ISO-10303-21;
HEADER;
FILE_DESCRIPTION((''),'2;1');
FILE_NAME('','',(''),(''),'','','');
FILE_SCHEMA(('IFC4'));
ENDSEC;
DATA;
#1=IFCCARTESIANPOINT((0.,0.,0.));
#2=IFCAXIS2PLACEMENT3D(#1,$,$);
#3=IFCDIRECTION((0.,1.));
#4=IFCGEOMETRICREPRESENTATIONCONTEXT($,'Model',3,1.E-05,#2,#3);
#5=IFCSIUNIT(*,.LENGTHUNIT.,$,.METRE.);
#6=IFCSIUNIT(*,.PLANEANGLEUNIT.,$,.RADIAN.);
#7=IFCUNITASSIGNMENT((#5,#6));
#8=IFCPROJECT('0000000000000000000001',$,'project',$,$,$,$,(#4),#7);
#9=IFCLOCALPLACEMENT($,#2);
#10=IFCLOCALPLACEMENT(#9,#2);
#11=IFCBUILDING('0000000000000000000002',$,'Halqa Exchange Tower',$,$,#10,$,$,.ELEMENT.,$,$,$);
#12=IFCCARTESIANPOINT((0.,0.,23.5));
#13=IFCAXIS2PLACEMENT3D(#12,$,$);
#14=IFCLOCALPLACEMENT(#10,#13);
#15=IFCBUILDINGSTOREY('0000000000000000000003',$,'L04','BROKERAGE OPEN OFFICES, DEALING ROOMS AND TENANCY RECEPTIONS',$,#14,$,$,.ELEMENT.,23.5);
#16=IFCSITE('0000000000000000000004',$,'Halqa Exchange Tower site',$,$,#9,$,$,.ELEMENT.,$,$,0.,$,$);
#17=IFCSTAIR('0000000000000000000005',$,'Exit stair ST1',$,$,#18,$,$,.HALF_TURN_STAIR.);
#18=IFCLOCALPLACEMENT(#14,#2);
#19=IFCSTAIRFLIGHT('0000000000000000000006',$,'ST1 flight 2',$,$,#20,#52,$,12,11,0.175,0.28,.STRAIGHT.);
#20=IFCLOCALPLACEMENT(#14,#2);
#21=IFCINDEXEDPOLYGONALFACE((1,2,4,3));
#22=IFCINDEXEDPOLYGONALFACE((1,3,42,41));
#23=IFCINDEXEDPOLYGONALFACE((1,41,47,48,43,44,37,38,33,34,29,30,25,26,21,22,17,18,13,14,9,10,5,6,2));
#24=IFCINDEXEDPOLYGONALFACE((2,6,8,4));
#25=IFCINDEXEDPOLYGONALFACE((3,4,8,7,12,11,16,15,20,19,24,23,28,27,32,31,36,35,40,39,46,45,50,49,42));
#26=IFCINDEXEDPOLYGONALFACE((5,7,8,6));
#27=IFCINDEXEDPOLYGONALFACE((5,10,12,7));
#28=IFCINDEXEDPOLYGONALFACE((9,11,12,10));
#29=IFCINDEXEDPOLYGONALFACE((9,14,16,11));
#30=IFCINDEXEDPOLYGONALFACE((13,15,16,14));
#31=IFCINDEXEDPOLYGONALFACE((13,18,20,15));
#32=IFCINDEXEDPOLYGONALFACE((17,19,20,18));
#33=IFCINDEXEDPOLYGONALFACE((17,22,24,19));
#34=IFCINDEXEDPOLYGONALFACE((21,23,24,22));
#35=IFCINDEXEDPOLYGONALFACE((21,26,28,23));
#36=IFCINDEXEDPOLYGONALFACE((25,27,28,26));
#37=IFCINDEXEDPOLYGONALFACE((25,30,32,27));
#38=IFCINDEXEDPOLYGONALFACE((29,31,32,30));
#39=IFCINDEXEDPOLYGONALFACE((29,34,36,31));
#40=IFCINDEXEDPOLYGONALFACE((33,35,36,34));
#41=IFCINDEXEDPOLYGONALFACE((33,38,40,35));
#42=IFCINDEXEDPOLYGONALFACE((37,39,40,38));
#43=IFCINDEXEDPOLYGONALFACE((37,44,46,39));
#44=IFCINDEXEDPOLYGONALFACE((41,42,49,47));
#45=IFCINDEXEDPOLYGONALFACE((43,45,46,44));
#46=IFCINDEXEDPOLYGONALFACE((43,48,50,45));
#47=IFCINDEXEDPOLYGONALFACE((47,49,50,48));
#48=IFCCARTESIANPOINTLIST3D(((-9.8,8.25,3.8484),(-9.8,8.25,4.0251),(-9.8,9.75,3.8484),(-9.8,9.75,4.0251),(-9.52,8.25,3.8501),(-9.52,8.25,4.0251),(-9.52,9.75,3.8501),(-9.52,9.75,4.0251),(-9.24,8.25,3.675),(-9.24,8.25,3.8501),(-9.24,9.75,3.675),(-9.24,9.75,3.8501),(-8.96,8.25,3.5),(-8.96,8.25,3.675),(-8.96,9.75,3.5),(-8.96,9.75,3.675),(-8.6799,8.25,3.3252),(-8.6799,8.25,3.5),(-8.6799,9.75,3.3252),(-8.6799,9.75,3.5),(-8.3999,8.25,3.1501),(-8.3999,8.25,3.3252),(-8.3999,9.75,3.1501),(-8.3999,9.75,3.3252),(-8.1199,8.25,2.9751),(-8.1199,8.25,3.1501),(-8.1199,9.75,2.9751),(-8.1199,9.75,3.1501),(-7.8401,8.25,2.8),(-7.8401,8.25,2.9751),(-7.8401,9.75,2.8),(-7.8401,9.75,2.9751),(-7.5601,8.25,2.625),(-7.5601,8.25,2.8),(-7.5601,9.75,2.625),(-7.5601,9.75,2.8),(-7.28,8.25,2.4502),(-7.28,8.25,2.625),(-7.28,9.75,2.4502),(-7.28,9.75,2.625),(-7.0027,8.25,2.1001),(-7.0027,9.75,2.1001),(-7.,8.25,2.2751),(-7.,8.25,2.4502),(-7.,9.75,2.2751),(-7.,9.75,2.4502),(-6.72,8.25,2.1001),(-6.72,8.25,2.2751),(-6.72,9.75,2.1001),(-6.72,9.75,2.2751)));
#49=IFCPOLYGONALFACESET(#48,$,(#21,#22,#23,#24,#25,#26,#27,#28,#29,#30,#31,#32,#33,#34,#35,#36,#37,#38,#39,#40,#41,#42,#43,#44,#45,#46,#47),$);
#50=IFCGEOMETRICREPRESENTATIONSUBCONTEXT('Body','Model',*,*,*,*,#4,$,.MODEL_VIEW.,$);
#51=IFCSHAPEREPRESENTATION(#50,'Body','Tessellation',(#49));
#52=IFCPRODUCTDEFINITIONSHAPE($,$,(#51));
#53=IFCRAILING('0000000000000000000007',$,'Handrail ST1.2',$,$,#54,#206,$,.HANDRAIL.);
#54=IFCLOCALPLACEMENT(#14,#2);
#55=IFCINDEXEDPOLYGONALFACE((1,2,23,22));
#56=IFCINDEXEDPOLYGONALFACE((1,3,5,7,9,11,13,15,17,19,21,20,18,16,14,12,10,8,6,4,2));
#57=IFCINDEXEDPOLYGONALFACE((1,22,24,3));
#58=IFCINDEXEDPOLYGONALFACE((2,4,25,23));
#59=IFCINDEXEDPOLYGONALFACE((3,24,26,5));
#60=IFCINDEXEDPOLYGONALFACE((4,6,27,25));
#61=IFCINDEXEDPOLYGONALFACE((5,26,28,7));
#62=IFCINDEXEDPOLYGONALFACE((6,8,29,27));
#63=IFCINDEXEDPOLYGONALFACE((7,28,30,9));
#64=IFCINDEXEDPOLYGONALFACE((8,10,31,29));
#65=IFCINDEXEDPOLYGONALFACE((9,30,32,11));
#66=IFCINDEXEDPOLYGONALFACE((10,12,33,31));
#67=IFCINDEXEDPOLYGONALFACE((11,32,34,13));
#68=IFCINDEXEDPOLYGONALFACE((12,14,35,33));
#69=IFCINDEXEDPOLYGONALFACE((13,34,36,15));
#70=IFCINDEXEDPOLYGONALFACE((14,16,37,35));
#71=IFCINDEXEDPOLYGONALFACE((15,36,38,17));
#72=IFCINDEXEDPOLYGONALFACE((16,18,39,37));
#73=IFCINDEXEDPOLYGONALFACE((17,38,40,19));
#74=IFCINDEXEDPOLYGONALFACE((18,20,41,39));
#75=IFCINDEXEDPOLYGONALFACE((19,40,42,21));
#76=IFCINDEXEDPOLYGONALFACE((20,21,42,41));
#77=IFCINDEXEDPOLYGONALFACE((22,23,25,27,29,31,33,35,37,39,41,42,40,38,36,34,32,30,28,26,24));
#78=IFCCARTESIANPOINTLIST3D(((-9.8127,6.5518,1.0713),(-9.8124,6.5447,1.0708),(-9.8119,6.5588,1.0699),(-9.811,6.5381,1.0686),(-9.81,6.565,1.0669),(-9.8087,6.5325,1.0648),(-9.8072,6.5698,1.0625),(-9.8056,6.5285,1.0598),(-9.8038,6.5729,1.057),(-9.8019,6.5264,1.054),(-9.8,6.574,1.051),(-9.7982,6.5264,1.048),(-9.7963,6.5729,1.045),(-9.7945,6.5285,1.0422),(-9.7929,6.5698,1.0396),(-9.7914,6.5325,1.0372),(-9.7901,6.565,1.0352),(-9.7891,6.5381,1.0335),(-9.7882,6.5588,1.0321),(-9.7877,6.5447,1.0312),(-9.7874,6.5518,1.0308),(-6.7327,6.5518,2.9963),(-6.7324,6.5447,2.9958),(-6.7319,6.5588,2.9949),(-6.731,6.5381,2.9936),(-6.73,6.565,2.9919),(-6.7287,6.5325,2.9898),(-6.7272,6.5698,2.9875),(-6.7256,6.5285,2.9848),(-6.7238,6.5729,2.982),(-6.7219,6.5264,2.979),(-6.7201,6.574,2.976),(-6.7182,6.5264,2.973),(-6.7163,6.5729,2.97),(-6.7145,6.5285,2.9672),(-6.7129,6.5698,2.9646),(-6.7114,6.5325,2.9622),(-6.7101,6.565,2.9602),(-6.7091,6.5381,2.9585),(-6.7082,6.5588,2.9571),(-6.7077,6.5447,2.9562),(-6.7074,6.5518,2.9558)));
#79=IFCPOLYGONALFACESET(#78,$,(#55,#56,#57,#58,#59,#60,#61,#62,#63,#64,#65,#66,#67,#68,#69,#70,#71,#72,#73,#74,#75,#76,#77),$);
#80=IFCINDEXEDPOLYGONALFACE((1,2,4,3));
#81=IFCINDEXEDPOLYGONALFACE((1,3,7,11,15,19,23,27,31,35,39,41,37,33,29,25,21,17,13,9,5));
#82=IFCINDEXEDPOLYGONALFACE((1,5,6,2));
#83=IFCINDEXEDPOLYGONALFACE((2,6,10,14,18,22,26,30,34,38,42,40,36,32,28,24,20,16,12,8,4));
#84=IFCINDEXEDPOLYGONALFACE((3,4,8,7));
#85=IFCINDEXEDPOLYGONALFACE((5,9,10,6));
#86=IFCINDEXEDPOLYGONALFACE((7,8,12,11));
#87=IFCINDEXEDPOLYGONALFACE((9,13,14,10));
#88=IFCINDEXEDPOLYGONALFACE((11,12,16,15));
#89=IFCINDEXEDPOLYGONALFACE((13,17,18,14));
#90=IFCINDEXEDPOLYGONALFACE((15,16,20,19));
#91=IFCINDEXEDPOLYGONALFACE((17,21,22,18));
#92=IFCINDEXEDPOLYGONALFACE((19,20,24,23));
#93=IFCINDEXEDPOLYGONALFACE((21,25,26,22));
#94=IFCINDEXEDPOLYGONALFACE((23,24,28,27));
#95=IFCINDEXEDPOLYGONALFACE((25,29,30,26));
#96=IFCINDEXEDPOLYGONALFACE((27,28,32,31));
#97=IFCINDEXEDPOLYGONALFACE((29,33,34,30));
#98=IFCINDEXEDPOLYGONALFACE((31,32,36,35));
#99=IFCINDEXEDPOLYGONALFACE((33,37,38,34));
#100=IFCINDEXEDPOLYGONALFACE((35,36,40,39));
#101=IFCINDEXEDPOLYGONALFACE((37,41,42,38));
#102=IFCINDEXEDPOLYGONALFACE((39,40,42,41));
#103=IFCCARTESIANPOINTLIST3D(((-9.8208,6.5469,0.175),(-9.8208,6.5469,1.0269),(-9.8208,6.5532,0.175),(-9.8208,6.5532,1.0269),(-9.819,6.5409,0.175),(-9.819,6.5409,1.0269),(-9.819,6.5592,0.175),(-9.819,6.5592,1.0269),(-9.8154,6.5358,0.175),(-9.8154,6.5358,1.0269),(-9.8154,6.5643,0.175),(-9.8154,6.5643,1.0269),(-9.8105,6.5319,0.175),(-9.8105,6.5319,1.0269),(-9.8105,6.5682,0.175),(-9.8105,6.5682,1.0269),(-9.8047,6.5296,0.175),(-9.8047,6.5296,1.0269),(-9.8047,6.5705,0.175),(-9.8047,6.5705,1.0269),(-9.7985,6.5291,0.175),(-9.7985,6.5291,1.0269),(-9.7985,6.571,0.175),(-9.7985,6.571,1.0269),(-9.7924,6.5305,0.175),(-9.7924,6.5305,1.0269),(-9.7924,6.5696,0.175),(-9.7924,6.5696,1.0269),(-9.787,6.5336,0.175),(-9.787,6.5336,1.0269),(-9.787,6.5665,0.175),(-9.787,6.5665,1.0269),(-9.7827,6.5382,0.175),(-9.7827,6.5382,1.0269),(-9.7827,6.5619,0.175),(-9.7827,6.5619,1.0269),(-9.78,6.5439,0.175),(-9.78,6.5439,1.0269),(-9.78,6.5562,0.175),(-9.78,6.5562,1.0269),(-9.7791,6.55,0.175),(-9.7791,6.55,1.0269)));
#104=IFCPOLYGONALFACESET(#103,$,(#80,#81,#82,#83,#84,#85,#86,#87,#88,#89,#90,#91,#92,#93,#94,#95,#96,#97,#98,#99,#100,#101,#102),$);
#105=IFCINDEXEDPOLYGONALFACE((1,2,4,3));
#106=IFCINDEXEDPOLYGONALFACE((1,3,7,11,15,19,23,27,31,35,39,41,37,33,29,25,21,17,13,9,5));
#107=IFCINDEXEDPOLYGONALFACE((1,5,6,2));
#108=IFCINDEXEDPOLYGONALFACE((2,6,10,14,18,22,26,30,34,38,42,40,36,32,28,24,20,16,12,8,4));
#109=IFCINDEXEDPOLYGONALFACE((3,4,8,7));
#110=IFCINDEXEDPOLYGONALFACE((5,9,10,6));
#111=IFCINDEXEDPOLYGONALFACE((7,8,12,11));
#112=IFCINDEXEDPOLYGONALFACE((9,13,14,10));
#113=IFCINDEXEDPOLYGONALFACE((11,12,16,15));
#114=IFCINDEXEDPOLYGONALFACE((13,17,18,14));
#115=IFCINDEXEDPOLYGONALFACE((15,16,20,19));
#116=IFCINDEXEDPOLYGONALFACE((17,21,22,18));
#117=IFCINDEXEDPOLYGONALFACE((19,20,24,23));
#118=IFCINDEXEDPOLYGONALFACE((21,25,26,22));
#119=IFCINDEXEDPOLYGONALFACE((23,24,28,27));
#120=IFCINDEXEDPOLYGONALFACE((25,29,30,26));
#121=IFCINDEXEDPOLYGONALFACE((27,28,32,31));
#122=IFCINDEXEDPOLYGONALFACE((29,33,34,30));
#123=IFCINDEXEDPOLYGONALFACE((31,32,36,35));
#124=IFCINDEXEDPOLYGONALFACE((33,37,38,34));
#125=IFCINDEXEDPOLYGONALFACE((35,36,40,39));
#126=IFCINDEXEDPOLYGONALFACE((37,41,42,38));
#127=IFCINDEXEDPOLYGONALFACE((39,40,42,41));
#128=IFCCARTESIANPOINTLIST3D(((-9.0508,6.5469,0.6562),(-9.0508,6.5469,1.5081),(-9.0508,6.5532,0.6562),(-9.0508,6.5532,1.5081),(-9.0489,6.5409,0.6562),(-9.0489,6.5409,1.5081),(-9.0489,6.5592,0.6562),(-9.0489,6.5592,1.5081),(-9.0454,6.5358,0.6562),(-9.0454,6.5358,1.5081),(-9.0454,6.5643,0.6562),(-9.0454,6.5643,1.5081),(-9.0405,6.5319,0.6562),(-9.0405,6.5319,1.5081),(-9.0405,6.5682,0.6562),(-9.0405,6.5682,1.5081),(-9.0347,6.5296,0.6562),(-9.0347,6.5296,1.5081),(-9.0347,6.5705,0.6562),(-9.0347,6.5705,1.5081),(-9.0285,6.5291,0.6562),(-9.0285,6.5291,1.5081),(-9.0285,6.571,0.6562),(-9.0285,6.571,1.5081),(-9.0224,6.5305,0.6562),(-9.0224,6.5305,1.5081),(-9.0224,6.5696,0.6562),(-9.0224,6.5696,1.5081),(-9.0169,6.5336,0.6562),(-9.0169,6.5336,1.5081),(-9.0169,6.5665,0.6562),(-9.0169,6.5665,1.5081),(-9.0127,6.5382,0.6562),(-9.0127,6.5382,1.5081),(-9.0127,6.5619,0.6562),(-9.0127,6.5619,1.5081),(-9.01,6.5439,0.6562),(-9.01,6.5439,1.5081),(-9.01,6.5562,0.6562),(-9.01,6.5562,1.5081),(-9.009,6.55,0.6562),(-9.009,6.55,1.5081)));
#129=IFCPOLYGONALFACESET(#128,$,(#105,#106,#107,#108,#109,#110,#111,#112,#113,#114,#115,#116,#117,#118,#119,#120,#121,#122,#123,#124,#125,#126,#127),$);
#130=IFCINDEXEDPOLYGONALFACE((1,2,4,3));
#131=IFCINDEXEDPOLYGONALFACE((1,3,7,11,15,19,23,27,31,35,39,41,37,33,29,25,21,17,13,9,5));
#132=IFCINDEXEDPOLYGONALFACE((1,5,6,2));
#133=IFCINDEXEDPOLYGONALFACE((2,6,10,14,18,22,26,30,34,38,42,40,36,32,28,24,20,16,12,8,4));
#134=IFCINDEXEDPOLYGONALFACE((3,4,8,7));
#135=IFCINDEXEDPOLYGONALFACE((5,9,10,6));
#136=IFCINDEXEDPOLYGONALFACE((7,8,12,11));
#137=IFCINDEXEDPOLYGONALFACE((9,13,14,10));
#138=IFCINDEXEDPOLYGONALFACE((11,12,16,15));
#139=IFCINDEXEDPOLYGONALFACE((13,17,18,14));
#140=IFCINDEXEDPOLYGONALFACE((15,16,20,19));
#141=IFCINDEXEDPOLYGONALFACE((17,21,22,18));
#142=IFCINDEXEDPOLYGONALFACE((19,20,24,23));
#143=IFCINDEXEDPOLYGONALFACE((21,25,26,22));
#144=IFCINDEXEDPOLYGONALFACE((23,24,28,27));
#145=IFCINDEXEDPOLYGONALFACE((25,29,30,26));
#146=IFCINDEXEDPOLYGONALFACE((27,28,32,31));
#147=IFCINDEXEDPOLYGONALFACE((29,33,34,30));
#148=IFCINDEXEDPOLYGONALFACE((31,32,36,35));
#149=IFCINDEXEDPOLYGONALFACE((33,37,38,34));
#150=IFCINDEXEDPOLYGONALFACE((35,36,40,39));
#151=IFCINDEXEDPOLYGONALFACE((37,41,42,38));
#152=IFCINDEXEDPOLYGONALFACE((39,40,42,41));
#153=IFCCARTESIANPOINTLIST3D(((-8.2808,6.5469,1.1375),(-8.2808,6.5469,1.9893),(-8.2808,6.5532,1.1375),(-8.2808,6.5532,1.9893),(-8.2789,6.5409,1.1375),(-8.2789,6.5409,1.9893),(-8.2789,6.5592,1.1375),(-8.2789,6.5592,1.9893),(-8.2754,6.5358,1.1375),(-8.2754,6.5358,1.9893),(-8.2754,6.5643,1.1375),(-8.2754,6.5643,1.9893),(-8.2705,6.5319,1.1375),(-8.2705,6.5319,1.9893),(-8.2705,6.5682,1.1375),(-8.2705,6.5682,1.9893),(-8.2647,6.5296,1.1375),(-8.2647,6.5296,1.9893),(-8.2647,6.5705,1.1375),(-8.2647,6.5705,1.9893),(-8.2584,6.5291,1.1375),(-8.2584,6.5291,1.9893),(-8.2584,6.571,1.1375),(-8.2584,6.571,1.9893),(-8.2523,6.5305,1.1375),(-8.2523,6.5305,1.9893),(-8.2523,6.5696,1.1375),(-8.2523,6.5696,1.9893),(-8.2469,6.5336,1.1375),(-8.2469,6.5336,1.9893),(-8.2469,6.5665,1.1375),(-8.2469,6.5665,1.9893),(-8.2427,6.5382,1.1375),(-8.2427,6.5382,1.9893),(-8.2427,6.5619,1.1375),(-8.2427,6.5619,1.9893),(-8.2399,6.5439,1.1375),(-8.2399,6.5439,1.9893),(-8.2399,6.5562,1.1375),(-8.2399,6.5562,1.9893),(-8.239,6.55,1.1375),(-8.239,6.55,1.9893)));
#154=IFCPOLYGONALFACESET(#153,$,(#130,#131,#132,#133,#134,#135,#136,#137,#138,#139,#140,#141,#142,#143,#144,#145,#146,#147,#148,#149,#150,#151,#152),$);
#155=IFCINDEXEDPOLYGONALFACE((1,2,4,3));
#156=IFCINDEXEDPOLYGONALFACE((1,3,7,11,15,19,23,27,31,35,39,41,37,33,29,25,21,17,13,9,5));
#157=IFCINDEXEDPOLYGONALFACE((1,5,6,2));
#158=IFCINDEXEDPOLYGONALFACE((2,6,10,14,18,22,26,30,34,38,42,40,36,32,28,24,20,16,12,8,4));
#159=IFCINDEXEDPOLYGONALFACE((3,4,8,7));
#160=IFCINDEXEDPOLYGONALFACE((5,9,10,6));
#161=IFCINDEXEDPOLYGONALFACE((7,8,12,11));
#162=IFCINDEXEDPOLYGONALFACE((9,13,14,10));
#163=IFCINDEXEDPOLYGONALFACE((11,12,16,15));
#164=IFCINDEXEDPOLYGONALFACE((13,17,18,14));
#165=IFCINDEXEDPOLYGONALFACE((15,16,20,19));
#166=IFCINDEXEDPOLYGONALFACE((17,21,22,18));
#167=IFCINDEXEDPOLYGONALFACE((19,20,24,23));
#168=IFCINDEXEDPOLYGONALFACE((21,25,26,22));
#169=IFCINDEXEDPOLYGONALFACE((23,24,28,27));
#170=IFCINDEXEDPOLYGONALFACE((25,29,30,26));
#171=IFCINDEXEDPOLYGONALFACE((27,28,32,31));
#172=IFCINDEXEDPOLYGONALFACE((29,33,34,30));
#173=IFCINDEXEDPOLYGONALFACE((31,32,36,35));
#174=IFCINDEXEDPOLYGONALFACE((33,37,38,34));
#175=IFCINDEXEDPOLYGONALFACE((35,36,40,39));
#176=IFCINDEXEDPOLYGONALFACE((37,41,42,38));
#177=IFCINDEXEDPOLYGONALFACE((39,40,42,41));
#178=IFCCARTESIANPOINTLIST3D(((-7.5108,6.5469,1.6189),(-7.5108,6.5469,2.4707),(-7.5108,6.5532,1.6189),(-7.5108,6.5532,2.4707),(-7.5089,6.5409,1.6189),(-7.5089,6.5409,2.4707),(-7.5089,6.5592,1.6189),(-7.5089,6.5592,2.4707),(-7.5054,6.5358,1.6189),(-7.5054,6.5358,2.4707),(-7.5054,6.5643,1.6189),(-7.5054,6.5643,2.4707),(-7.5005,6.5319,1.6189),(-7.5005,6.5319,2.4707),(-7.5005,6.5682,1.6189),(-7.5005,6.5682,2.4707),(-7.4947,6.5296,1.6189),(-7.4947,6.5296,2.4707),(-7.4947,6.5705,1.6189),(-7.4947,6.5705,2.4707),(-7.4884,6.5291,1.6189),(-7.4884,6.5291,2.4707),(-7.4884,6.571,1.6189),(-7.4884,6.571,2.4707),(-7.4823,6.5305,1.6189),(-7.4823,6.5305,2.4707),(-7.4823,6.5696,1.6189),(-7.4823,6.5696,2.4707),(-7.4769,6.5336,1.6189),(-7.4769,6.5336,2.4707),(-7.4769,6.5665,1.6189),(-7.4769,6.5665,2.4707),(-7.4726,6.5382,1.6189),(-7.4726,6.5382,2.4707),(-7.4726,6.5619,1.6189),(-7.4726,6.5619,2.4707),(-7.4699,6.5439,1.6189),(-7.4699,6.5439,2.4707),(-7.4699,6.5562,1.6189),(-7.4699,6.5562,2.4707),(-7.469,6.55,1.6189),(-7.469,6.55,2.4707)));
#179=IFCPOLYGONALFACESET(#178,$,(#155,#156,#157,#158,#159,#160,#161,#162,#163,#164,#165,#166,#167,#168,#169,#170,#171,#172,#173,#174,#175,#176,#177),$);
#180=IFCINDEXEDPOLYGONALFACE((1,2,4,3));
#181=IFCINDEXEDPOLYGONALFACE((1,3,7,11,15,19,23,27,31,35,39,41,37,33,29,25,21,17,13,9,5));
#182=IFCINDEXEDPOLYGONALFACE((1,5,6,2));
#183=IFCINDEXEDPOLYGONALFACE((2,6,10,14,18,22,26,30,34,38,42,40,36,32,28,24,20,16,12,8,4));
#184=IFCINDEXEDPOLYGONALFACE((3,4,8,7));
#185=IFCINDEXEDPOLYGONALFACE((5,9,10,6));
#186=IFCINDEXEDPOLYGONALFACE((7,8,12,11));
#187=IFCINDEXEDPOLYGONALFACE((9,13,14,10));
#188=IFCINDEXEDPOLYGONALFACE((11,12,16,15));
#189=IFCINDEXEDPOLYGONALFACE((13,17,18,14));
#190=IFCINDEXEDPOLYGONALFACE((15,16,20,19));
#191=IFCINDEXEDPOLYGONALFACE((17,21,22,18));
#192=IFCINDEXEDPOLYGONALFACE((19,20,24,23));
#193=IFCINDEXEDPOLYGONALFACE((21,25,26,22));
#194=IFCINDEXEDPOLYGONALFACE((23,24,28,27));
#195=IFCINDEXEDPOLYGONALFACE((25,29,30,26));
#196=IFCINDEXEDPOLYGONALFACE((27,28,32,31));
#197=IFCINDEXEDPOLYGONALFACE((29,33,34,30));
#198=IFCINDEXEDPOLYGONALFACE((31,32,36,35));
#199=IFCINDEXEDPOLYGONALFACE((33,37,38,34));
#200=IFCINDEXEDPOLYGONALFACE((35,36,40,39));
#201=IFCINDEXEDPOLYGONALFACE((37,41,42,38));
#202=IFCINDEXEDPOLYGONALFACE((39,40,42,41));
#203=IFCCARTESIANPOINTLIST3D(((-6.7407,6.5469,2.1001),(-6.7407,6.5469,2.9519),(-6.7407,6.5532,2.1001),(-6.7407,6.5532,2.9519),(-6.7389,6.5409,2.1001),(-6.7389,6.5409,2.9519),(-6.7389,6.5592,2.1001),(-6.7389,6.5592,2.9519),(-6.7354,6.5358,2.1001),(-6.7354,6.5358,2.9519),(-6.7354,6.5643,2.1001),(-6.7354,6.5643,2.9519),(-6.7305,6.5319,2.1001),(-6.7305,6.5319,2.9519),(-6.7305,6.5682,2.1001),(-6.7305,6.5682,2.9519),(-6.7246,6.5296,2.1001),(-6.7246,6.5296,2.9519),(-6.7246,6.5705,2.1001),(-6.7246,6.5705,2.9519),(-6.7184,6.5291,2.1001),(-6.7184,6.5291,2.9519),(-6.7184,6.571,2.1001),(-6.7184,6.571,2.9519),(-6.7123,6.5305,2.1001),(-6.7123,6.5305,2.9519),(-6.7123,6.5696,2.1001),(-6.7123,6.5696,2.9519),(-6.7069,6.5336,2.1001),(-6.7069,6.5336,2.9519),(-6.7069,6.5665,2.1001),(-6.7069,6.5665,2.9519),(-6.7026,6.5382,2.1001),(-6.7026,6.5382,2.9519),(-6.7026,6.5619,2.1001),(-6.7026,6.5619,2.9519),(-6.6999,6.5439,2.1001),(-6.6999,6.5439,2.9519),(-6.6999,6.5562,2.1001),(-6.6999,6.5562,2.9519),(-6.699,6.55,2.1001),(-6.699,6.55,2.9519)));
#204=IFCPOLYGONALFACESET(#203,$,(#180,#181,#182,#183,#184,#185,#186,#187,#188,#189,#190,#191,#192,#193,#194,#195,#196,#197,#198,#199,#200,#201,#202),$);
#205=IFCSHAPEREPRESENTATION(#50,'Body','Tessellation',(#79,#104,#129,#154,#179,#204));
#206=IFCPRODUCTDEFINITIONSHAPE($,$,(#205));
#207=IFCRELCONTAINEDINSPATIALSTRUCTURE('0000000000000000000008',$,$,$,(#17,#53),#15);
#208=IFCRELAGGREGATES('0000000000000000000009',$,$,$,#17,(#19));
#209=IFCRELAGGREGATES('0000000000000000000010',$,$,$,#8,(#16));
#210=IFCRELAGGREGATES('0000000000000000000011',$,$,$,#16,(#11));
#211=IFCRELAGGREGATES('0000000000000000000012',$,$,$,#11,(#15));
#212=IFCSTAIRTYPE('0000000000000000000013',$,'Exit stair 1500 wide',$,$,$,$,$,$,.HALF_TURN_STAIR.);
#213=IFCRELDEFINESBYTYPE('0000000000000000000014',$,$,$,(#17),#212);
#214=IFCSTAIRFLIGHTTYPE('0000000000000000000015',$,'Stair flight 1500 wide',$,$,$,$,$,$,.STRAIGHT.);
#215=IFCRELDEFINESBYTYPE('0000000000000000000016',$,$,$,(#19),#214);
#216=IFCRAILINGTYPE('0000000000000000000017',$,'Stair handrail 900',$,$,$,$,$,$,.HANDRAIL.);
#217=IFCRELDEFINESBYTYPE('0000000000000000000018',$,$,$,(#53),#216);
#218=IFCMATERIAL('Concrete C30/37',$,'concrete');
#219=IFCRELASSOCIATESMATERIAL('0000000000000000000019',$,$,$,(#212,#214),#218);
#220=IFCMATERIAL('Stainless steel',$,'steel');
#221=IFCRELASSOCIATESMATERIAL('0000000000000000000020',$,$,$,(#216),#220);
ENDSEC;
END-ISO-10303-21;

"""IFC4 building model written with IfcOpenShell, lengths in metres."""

from ifc_helpers import new_model, si_unit, direction, frame, origin, origin_2d, place, context, subcontext, project, spatial, polyline, circle, outline, extrude, material, type_object, element, aggregate, save


model = new_model("IFC4")

# Units and contexts
model_context = context("Model", 3, precision=1e-05, world=origin(), true_north=direction((0.0, 1.0)))
body_context = subcontext(model_context, "Body", "Model", "MODEL_VIEW")
ifc_project = project(units=[si_unit("LENGTHUNIT", "METRE"), si_unit("PLANEANGLEUNIT", "RADIAN")], contexts=[model_context])

# Site, building, storey
site_placement = place(None, origin())
site = spatial("IfcSite", under=ifc_project, at=site_placement, Name="Halqa Exchange Tower site", CompositionType="ELEMENT", RefElevation=0.0)
building_placement = place(site_placement, origin())
building = spatial("IfcBuilding", under=site, at=building_placement, Name="Halqa Exchange Tower", CompositionType="ELEMENT")
storey_placement = place(building_placement, frame((0.0, 0.0, 23.5)))
storey = spatial("IfcBuildingStorey", under=building, at=storey_placement, Name="L04", Description="BROKERAGE OPEN OFFICES, DEALING ROOMS AND TENANCY RECEPTIONS", CompositionType="ELEMENT", Elevation=23.5)

# Shared definitions
ifc_material_1 = material(Name="Stainless steel", Category="steel")

# Shared definitions
ifc_material_2 = material(Name="Concrete C30/37", Category="concrete")

# Stair, stair flight
stair_type = type_object("IfcStairType", Name="Exit stair 1500 wide", PredefinedType="HALF_TURN_STAIR", material=ifc_material_2)
stair_placement = place(storey_placement, origin())
stair = element("IfcStair", 1, at=stair_placement, inside=storey, type_object=stair_type, Name="Exit stair ST1", PredefinedType="HALF_TURN_STAIR")
stair_flight_type = type_object("IfcStairFlightType", Name="Stair flight 1500 wide", PredefinedType="STRAIGHT", material=ifc_material_2)
stair_flight_1_placement = place(storey_placement, frame((-6.72, 9.0, 2.1001), z_axis=(0.0, 0.0, 1.0), x_axis=(-1.0, 0.0, 0.0)))
stair_flight_1 = element("IfcStairFlight", 2, at=stair_flight_1_placement, type_object=stair_flight_type, Name="ST1 flight 2", NumberOfRisers=12, NumberOfTreads=11, PredefinedType="STRAIGHT", RiserHeight=0.175, TreadLength=0.28, context=body_context, shape_type="SweptSolid", body=[
    extrude(outline(polyline([(0.0, 0.0), (0.0, 0.175), (0.28, 0.175), (0.28, 0.3501), (0.5601, 0.3501), (0.5601, 0.5249), (0.8401, 0.5249), (0.8401, 0.7), (1.1201, 0.7), (1.1201, 0.875), (1.3999, 0.875), (1.3999, 1.05), (1.6799, 1.05), (1.6799, 1.2251), (1.96, 1.2251), (1.96, 1.3999), (2.24, 1.3999), (2.24, 1.575), (2.52, 1.575), (2.52, 1.75), (2.8, 1.75), (2.8, 1.925), (3.0801, 1.925), (3.0801, 2.1001), (3.0801, 1.7483), (0.2827, 0.0), (0.0, 0.0)])), frame((0.0, 0.75, 0.0), z_axis=(0.0, -1.0, 0.0), x_axis=(1.0, 0.0, 0.0)), (0.0, 0.0, 1.0), 1.5),
])
aggregate(stair, [stair_flight_1])

# Railing
railing_type_1 = type_object("IfcRailingType", Name="Stair handrail 900", PredefinedType="HANDRAIL", material=ifc_material_1)
railing_1_placement = place(storey_placement, frame((-9.8, 6.55, 0.175)))
element("IfcRailing", 3, at=railing_1_placement, inside=storey, type_object=railing_type_1, Name="Handrail ST1.2", PredefinedType="HANDRAIL", context=body_context, shape_type="SweptSolid", body=[
    extrude(circle(Radius=0.0239, at=origin_2d()), frame((0.0, 0.0, 0.876), z_axis=(0.847998, 0.0, 0.529999), x_axis=(0.0, 1.0, 0.0)), (0.0, 0.0, 1.0), 3.6321),
    extrude(circle(Radius=0.021, at=origin_2d()), origin(), (0.0, 0.0, 1.0), 0.8518),
    extrude(circle(Radius=0.021, at=origin_2d()), frame((0.77, 0.0, 0.4812)), (0.0, 0.0, 1.0), 0.8518),
    extrude(circle(Radius=0.021, at=origin_2d()), frame((1.54, 0.0, 0.9624)), (0.0, 0.0, 1.0), 0.8518),
    extrude(circle(Radius=0.021, at=origin_2d()), frame((2.3101, 0.0, 1.4438)), (0.0, 0.0, 1.0), 0.8518),
    extrude(circle(Radius=0.021, at=origin_2d()), frame((3.0801, 0.0, 1.925)), (0.0, 0.0, 1.0), 0.8518),
])

save(model, "model.ifc")
